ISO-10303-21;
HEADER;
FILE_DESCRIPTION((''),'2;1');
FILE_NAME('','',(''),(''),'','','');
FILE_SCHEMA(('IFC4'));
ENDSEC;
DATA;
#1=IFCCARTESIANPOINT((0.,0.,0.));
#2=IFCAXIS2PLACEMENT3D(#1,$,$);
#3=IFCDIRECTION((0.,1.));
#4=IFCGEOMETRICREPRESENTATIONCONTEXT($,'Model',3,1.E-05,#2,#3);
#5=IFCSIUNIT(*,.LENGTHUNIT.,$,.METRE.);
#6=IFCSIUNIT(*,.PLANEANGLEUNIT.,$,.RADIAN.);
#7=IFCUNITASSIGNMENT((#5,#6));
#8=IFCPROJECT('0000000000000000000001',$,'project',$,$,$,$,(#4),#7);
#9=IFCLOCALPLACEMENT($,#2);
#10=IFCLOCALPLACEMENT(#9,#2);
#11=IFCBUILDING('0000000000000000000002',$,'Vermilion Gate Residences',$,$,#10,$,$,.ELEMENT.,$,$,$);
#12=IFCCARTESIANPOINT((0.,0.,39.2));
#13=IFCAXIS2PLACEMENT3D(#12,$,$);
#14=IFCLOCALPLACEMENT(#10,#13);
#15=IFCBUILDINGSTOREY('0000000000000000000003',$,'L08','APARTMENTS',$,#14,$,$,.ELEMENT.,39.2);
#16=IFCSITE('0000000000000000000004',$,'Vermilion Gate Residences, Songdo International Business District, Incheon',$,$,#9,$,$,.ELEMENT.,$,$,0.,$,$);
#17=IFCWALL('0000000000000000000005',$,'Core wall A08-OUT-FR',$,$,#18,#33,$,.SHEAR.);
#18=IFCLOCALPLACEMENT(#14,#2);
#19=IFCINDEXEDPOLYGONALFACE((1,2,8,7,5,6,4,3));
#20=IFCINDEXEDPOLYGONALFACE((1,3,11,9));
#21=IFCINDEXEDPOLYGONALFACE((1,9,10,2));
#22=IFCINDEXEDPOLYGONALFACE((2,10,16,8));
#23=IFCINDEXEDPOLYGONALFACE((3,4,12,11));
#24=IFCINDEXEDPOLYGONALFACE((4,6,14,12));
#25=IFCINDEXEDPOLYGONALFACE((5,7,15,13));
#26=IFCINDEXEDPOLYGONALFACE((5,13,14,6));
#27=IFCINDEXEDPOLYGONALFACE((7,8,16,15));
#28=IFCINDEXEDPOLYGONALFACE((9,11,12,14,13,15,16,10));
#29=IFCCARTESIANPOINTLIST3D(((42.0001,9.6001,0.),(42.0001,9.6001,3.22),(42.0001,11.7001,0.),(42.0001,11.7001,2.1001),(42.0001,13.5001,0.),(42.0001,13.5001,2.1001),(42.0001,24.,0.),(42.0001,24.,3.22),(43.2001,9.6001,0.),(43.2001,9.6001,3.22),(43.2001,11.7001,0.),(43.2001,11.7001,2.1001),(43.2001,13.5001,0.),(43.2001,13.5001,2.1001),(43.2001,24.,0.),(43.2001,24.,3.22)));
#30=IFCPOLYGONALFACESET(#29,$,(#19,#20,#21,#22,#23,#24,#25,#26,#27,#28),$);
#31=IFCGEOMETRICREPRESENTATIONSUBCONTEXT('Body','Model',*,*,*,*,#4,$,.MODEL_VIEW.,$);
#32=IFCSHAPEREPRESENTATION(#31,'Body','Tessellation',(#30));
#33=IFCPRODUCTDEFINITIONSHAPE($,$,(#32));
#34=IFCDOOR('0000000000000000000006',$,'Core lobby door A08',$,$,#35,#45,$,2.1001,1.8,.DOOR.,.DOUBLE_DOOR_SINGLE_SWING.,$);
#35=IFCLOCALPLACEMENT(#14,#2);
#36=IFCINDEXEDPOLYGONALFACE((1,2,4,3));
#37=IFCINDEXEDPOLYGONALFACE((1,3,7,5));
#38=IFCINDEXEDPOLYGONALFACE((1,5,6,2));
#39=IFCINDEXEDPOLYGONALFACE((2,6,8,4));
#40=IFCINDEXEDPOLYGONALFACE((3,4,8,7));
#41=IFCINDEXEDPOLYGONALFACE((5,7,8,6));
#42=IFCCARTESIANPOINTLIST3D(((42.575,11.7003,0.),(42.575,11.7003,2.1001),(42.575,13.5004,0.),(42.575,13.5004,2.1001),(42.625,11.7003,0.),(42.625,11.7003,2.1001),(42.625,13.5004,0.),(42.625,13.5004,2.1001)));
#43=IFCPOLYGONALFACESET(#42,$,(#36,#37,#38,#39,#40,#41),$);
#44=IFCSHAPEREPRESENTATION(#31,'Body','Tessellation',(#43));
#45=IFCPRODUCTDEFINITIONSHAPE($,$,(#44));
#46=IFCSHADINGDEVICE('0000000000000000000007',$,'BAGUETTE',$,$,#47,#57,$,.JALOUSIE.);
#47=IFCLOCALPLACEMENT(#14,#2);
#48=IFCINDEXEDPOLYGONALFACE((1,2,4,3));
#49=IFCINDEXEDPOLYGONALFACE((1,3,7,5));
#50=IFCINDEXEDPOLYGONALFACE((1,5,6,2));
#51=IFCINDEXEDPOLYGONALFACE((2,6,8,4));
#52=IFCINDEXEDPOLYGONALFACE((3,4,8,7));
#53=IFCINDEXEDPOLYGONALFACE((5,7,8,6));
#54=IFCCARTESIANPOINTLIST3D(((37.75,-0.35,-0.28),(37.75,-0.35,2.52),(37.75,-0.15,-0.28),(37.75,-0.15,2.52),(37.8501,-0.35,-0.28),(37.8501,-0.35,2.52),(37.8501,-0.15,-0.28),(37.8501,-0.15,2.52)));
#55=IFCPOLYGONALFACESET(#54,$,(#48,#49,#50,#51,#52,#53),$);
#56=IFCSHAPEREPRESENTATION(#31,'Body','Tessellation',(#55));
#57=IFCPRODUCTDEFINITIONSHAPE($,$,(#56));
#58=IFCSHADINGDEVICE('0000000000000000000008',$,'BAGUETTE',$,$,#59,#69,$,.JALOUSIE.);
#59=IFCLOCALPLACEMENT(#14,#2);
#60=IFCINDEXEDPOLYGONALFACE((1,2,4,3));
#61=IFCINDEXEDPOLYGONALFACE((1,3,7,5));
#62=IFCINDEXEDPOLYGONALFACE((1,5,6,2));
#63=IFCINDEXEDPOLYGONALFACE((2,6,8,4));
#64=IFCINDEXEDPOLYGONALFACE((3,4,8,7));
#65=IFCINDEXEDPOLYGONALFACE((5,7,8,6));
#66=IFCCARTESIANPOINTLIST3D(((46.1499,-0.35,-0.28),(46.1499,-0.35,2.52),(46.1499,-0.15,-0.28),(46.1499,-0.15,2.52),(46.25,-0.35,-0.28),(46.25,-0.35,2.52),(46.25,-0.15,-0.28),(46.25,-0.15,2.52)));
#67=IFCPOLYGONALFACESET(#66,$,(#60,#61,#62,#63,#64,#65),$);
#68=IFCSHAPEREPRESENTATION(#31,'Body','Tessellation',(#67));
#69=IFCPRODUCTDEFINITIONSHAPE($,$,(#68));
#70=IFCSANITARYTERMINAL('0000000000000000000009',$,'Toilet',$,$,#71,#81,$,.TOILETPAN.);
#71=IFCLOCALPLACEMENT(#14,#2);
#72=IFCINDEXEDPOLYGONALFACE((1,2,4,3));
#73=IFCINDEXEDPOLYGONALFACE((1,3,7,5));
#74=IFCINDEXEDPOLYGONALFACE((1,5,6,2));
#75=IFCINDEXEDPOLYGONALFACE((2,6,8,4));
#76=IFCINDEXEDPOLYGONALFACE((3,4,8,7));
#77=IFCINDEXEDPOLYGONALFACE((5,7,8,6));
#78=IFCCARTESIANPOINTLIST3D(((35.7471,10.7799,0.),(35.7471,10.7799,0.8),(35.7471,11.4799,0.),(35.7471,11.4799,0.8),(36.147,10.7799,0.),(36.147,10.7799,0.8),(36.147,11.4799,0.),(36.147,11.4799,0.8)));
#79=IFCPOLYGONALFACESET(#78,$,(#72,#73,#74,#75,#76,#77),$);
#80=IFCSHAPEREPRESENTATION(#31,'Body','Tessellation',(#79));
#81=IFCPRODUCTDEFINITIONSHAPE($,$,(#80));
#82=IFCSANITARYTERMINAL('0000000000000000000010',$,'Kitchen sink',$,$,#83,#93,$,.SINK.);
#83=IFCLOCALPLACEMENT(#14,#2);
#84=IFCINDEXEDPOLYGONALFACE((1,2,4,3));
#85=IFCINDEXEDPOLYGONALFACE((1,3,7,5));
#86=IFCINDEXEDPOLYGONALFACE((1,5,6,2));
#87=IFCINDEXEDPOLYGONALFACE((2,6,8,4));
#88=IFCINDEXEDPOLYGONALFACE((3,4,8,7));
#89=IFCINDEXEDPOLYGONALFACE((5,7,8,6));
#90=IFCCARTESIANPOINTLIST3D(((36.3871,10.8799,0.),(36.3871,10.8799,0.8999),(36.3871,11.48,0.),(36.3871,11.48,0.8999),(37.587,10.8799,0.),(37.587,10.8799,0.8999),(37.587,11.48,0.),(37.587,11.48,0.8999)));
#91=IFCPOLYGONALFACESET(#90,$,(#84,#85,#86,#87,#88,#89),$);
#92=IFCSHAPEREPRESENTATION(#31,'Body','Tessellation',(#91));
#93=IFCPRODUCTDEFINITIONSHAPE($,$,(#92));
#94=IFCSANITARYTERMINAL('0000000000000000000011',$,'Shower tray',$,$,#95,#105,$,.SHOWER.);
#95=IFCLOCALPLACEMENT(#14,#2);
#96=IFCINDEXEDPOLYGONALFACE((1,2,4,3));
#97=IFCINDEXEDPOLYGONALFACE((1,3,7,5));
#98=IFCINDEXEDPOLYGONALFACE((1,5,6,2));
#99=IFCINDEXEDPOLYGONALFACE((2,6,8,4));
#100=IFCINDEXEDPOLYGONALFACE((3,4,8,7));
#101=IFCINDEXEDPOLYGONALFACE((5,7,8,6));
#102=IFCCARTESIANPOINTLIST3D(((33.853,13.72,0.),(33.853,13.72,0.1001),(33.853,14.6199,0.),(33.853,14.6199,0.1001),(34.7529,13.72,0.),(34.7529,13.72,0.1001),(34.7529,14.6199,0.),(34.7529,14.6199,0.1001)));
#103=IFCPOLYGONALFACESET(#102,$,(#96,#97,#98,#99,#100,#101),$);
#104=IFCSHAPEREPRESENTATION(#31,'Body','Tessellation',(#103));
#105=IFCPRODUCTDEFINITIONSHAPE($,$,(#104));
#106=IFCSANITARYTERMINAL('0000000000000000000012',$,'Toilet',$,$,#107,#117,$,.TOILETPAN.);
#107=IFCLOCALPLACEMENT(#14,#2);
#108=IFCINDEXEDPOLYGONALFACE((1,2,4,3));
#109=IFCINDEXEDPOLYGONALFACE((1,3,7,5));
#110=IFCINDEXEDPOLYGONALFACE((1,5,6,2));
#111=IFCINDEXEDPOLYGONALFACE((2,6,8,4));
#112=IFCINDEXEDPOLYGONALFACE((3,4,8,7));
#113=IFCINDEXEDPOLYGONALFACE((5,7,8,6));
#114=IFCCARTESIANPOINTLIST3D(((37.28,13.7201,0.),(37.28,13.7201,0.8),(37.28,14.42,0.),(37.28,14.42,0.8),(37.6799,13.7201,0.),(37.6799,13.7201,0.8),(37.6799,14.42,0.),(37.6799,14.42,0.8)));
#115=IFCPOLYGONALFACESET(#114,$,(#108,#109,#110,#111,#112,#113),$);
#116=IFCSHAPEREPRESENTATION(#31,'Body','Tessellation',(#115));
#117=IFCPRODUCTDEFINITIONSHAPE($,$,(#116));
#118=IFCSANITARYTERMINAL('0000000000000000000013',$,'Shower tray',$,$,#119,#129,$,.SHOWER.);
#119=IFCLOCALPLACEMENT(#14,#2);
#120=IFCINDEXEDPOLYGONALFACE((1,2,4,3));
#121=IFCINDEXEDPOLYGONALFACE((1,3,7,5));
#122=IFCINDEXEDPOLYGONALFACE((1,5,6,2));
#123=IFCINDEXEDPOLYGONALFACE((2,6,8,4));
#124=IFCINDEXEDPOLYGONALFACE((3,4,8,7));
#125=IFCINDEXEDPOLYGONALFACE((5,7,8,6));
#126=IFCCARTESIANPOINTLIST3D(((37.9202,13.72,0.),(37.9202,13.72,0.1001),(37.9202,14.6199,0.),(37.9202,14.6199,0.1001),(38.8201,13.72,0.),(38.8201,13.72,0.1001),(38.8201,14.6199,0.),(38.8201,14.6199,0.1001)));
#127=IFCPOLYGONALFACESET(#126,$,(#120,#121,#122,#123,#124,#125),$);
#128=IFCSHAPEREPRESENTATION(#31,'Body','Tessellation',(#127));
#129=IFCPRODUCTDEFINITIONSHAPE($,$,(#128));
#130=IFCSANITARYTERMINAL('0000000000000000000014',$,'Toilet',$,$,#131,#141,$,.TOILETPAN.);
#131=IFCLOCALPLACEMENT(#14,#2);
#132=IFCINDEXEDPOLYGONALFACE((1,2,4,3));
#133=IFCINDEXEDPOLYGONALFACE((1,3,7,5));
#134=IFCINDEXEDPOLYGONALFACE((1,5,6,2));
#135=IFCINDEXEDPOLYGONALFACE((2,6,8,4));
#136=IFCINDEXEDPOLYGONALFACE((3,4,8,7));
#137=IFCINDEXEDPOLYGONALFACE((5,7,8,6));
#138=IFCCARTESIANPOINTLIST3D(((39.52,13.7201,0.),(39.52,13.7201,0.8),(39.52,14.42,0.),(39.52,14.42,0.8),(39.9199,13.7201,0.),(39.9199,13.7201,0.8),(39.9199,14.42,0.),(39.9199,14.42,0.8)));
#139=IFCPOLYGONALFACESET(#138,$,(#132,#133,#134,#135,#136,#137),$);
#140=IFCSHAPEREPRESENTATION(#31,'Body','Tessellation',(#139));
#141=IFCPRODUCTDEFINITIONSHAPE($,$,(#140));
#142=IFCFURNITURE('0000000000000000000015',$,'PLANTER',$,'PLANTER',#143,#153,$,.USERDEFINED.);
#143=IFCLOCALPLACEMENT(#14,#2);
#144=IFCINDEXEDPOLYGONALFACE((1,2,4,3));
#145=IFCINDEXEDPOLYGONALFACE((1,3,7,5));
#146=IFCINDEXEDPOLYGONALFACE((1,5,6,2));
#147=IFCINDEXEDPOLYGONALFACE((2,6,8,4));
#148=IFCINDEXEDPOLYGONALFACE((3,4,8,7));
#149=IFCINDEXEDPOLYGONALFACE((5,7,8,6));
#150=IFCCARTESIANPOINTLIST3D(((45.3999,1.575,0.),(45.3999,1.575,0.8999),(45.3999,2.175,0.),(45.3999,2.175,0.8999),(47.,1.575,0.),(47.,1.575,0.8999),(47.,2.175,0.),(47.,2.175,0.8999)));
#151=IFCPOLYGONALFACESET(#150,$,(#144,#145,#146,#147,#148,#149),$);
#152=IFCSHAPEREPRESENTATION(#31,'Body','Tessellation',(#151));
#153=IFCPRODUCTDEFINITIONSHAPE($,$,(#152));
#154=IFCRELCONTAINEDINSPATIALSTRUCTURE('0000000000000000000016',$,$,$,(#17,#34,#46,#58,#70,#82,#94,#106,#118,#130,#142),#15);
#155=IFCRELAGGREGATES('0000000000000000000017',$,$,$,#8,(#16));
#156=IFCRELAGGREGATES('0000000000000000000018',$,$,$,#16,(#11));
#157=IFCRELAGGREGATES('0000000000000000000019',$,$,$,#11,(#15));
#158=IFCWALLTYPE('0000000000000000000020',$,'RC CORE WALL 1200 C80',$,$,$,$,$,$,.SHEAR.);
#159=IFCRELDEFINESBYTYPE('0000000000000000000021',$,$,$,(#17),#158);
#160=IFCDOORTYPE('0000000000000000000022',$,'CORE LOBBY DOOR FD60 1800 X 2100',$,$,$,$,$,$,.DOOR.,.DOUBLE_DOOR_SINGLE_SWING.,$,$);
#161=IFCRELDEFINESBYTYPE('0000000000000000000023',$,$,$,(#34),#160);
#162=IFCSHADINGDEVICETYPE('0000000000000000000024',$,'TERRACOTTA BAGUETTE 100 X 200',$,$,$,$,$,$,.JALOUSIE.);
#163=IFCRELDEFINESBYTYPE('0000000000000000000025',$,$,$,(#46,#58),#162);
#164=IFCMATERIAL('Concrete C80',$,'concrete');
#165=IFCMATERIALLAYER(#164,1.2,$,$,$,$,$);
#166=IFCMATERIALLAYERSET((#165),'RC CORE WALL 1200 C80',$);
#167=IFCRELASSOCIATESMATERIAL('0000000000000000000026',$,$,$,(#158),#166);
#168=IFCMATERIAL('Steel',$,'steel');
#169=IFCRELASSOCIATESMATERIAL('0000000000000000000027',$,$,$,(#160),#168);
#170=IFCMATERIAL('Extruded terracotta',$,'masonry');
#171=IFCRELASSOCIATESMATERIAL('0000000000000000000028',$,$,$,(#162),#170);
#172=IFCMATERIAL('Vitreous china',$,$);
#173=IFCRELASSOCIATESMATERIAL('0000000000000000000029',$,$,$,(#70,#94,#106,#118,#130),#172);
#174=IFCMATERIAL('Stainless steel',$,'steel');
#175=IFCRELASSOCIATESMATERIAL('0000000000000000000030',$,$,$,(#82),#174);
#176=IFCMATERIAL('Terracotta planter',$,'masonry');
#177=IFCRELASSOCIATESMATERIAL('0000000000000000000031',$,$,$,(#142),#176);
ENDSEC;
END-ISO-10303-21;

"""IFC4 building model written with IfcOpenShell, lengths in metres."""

from ifc_helpers import new_model, si_unit, direction, frame, frame_2d, origin, origin_2d, place, context, subcontext, project, spatial, rectangle, extrude, material, layer, layer_set, material_profile, profile_set, type_object, element, fill, save


model = new_model("IFC4")

# Units and contexts
model_context = context("Model", 3, precision=1e-05, world=origin(), true_north=direction((0.0, 1.0)))
body_context = subcontext(model_context, "Body", "Model", "MODEL_VIEW")
ifc_project = project(units=[si_unit("LENGTHUNIT", "METRE"), si_unit("PLANEANGLEUNIT", "RADIAN")], contexts=[model_context])

# Site, building, storey
site_placement = place(None, origin())
site = spatial("IfcSite", under=ifc_project, at=site_placement, Name="Vermilion Gate Residences, Songdo International Business District, Incheon", CompositionType="ELEMENT", RefElevation=0.0)
building_placement = place(site_placement, origin())
building = spatial("IfcBuilding", under=site, at=building_placement, Name="Vermilion Gate Residences", CompositionType="ELEMENT")
storey_placement = place(building_placement, frame((0.0, 0.0, 39.2)))
storey = spatial("IfcBuildingStorey", under=building, at=storey_placement, Name="L08", Description="APARTMENTS", CompositionType="ELEMENT", Elevation=39.2)

# Shared definitions
ifc_material_1 = material(Name="Concrete C80", Category="concrete")
ifc_layer_1 = layer(ifc_material_1, 1.2)
ifc_layer_set_1 = layer_set([ifc_layer_1], Name="RC CORE WALL 1200 C80")
wall_type_1 = type_object("IfcWallType", Name="RC CORE WALL 1200 C80", PredefinedType="SHEAR", material=ifc_layer_set_1)

# Wall, opening, door
wall_1_placement = place(storey_placement, frame((42.6001, 9.6001, 0.0), z_axis=(0.0, 0.0, 1.0), x_axis=(0.0, 1.0, 0.0)))
wall_1 = element("IfcWall", 1, at=wall_1_placement, inside=storey, type_object=wall_type_1, Name="Core wall A08-OUT-FR", PredefinedType="SHEAR", context=body_context, shape_type="SweptSolid", body=[
    extrude(rectangle(XDim=14.3999, YDim=1.2, at=frame_2d((7.2, 0.0))), origin(), (0.0, 0.0, 1.0), 3.22),
])
opening_1_placement = place(wall_1_placement, frame((2.1001, 0.0, 0.0)))
opening_1 = element("IfcOpeningElement", 2, at=opening_1_placement, cuts=wall_1, PredefinedType="OPENING", context=body_context, shape_type="SweptSolid", body=[
    extrude(rectangle(XDim=1.8, YDim=2.1001, at=frame_2d((0.8999, 1.05))), frame((0.0, 0.6099, 0.0), z_axis=(0.0, -1.0, 0.0), x_axis=(1.0, 0.0, 0.0)), (0.0, 0.0, 1.0), 1.22),
])
ifc_material_2 = material(Name="Steel", Category="steel")
door_type_1 = type_object("IfcDoorType", Name="CORE LOBBY DOOR FD60 1800 X 2100", OperationType="DOUBLE_DOOR_SINGLE_SWING", PredefinedType="DOOR", material=ifc_material_2)
door_1_placement = place(opening_1_placement, frame((1.8, 0.0, 0.0), z_axis=(0.0, 0.0, 1.0), x_axis=(-1.0, 0.0, 0.0)))
door_1 = element("IfcDoor", 3, at=door_1_placement, inside=storey, type_object=door_type_1, Name="Core lobby door A08", OperationType="DOUBLE_DOOR_SINGLE_SWING", OverallHeight=2.1001, OverallWidth=1.8, PredefinedType="DOOR", context=body_context, shape_type="SweptSolid", body=[
    extrude(rectangle(XDim=1.8, YDim=2.1001, at=frame_2d((0.8999, 1.05))), frame((0.0, 0.0249, 0.0), z_axis=(0.0, -1.0, 0.0), x_axis=(1.0, 0.0, 0.0)), (0.0, 0.0, 1.0), 0.05),
])
fill(opening_1, door_1)

# Shading devices
ifc_material_3 = material(Name="Extruded terracotta", Category="masonry")
ifc_material_profile_1 = material_profile(ifc_material_3, rectangle(XDim=0.2, YDim=0.1001, at=origin_2d()), Name="BAGUETTE 100 X 200")
ifc_profile_set_1 = profile_set([ifc_material_profile_1], Name="Extruded terracotta")
shading_device_type = type_object("IfcShadingDeviceType", Name="TERRACOTTA BAGUETTE 100 X 200", PredefinedType="JALOUSIE", material=ifc_profile_set_1)
for number, where, z_axis, x_axis, name in (
    (4, (37.8, -0.25, -0.28), (0.0, 0.0, 1.0), (0.0, 1.0, 0.0), "BAGUETTE"),
    (5, (46.2, -0.25, -0.28), (0.0, 0.0, 1.0), (0.0, 1.0, 0.0), "BAGUETTE"),
):
    element("IfcShadingDevice", number, at=place(storey_placement, frame(where, z_axis=z_axis, x_axis=x_axis)), inside=storey, type_object=shading_device_type, Name=name, PredefinedType="JALOUSIE", context=body_context, shape_type="SweptSolid", body=[
        extrude(rectangle(XDim=0.2, YDim=0.1001, at=origin_2d()), origin(), (0.0, 0.0, 1.0), 2.8),
    ])

# Sanitary terminals
ifc_material_4 = material(Name="Vitreous china")
sanitary_terminal_1_placement = place(storey_placement, frame((35.947, 11.1299, 0.0), z_axis=(0.0, 0.0, 1.0), x_axis=(1.0, 0.0, 0.0)))
element("IfcSanitaryTerminal", 6, at=sanitary_terminal_1_placement, inside=storey, material=ifc_material_4, Name="Toilet", PredefinedType="TOILETPAN", context=body_context, shape_type="SweptSolid", body=[
    extrude(rectangle(XDim=0.3999, YDim=0.7, at=origin_2d()), origin(), (0.0, 0.0, 1.0), 0.8),
])
ifc_material_5 = material(Name="Stainless steel", Category="steel")
sanitary_terminal_2_placement = place(storey_placement, frame((36.9871, 11.1799, 0.0), z_axis=(0.0, 0.0, 1.0), x_axis=(1.0, 0.0, 0.0)))
element("IfcSanitaryTerminal", 7, at=sanitary_terminal_2_placement, inside=storey, material=ifc_material_5, Name="Kitchen sink", PredefinedType="SINK", context=body_context, shape_type="SweptSolid", body=[
    extrude(rectangle(XDim=1.2, YDim=0.6001, at=origin_2d()), origin(), (0.0, 0.0, 1.0), 0.8999),
])
sanitary_terminal_3_placement = place(storey_placement, frame((34.303, 14.1699, 0.0), z_axis=(0.0, 0.0, 1.0), x_axis=(1.0, 0.0, 0.0)))
element("IfcSanitaryTerminal", 8, at=sanitary_terminal_3_placement, inside=storey, material=ifc_material_4, Name="Shower tray", PredefinedType="SHOWER", context=body_context, shape_type="SweptSolid", body=[
    extrude(rectangle(XDim=0.8999, YDim=0.8999, at=origin_2d()), origin(), (0.0, 0.0, 1.0), 0.1001),
])
sanitary_terminal_4_placement = place(storey_placement, frame((37.48, 14.0701, 0.0), z_axis=(0.0, 0.0, 1.0), x_axis=(1.0, 0.0, 0.0)))
element("IfcSanitaryTerminal", 9, at=sanitary_terminal_4_placement, inside=storey, material=ifc_material_4, Name="Toilet", PredefinedType="TOILETPAN", context=body_context, shape_type="SweptSolid", body=[
    extrude(rectangle(XDim=0.3999, YDim=0.7, at=origin_2d()), origin(), (0.0, 0.0, 1.0), 0.8),
])
sanitary_terminal_5_placement = place(storey_placement, frame((38.3701, 14.1699, 0.0), z_axis=(0.0, 0.0, 1.0), x_axis=(1.0, 0.0, 0.0)))
element("IfcSanitaryTerminal", 10, at=sanitary_terminal_5_placement, inside=storey, material=ifc_material_4, Name="Shower tray", PredefinedType="SHOWER", context=body_context, shape_type="SweptSolid", body=[
    extrude(rectangle(XDim=0.8999, YDim=0.8999, at=origin_2d()), origin(), (0.0, 0.0, 1.0), 0.1001),
])
sanitary_terminal_6_placement = place(storey_placement, frame((39.72, 14.0701, 0.0), z_axis=(0.0, 0.0, 1.0), x_axis=(1.0, 0.0, 0.0)))
element("IfcSanitaryTerminal", 11, at=sanitary_terminal_6_placement, inside=storey, material=ifc_material_4, Name="Toilet", PredefinedType="TOILETPAN", context=body_context, shape_type="SweptSolid", body=[
    extrude(rectangle(XDim=0.3999, YDim=0.7, at=origin_2d()), origin(), (0.0, 0.0, 1.0), 0.8),
])

# Furniture
ifc_material_6 = material(Name="Terracotta planter", Category="masonry")
furniture_placement = place(storey_placement, frame((46.2, 1.875, 0.0), z_axis=(0.0, 0.0, 1.0), x_axis=(1.0, 0.0, 0.0)))
element("IfcFurniture", 12, at=furniture_placement, inside=storey, material=ifc_material_6, Name="PLANTER", ObjectType="PLANTER", PredefinedType="USERDEFINED", context=body_context, shape_type="SweptSolid", body=[
    extrude(rectangle(XDim=1.6001, YDim=0.6001, at=origin_2d()), origin(), (0.0, 0.0, 1.0), 0.8999),
])

save(model, "model.ifc")
